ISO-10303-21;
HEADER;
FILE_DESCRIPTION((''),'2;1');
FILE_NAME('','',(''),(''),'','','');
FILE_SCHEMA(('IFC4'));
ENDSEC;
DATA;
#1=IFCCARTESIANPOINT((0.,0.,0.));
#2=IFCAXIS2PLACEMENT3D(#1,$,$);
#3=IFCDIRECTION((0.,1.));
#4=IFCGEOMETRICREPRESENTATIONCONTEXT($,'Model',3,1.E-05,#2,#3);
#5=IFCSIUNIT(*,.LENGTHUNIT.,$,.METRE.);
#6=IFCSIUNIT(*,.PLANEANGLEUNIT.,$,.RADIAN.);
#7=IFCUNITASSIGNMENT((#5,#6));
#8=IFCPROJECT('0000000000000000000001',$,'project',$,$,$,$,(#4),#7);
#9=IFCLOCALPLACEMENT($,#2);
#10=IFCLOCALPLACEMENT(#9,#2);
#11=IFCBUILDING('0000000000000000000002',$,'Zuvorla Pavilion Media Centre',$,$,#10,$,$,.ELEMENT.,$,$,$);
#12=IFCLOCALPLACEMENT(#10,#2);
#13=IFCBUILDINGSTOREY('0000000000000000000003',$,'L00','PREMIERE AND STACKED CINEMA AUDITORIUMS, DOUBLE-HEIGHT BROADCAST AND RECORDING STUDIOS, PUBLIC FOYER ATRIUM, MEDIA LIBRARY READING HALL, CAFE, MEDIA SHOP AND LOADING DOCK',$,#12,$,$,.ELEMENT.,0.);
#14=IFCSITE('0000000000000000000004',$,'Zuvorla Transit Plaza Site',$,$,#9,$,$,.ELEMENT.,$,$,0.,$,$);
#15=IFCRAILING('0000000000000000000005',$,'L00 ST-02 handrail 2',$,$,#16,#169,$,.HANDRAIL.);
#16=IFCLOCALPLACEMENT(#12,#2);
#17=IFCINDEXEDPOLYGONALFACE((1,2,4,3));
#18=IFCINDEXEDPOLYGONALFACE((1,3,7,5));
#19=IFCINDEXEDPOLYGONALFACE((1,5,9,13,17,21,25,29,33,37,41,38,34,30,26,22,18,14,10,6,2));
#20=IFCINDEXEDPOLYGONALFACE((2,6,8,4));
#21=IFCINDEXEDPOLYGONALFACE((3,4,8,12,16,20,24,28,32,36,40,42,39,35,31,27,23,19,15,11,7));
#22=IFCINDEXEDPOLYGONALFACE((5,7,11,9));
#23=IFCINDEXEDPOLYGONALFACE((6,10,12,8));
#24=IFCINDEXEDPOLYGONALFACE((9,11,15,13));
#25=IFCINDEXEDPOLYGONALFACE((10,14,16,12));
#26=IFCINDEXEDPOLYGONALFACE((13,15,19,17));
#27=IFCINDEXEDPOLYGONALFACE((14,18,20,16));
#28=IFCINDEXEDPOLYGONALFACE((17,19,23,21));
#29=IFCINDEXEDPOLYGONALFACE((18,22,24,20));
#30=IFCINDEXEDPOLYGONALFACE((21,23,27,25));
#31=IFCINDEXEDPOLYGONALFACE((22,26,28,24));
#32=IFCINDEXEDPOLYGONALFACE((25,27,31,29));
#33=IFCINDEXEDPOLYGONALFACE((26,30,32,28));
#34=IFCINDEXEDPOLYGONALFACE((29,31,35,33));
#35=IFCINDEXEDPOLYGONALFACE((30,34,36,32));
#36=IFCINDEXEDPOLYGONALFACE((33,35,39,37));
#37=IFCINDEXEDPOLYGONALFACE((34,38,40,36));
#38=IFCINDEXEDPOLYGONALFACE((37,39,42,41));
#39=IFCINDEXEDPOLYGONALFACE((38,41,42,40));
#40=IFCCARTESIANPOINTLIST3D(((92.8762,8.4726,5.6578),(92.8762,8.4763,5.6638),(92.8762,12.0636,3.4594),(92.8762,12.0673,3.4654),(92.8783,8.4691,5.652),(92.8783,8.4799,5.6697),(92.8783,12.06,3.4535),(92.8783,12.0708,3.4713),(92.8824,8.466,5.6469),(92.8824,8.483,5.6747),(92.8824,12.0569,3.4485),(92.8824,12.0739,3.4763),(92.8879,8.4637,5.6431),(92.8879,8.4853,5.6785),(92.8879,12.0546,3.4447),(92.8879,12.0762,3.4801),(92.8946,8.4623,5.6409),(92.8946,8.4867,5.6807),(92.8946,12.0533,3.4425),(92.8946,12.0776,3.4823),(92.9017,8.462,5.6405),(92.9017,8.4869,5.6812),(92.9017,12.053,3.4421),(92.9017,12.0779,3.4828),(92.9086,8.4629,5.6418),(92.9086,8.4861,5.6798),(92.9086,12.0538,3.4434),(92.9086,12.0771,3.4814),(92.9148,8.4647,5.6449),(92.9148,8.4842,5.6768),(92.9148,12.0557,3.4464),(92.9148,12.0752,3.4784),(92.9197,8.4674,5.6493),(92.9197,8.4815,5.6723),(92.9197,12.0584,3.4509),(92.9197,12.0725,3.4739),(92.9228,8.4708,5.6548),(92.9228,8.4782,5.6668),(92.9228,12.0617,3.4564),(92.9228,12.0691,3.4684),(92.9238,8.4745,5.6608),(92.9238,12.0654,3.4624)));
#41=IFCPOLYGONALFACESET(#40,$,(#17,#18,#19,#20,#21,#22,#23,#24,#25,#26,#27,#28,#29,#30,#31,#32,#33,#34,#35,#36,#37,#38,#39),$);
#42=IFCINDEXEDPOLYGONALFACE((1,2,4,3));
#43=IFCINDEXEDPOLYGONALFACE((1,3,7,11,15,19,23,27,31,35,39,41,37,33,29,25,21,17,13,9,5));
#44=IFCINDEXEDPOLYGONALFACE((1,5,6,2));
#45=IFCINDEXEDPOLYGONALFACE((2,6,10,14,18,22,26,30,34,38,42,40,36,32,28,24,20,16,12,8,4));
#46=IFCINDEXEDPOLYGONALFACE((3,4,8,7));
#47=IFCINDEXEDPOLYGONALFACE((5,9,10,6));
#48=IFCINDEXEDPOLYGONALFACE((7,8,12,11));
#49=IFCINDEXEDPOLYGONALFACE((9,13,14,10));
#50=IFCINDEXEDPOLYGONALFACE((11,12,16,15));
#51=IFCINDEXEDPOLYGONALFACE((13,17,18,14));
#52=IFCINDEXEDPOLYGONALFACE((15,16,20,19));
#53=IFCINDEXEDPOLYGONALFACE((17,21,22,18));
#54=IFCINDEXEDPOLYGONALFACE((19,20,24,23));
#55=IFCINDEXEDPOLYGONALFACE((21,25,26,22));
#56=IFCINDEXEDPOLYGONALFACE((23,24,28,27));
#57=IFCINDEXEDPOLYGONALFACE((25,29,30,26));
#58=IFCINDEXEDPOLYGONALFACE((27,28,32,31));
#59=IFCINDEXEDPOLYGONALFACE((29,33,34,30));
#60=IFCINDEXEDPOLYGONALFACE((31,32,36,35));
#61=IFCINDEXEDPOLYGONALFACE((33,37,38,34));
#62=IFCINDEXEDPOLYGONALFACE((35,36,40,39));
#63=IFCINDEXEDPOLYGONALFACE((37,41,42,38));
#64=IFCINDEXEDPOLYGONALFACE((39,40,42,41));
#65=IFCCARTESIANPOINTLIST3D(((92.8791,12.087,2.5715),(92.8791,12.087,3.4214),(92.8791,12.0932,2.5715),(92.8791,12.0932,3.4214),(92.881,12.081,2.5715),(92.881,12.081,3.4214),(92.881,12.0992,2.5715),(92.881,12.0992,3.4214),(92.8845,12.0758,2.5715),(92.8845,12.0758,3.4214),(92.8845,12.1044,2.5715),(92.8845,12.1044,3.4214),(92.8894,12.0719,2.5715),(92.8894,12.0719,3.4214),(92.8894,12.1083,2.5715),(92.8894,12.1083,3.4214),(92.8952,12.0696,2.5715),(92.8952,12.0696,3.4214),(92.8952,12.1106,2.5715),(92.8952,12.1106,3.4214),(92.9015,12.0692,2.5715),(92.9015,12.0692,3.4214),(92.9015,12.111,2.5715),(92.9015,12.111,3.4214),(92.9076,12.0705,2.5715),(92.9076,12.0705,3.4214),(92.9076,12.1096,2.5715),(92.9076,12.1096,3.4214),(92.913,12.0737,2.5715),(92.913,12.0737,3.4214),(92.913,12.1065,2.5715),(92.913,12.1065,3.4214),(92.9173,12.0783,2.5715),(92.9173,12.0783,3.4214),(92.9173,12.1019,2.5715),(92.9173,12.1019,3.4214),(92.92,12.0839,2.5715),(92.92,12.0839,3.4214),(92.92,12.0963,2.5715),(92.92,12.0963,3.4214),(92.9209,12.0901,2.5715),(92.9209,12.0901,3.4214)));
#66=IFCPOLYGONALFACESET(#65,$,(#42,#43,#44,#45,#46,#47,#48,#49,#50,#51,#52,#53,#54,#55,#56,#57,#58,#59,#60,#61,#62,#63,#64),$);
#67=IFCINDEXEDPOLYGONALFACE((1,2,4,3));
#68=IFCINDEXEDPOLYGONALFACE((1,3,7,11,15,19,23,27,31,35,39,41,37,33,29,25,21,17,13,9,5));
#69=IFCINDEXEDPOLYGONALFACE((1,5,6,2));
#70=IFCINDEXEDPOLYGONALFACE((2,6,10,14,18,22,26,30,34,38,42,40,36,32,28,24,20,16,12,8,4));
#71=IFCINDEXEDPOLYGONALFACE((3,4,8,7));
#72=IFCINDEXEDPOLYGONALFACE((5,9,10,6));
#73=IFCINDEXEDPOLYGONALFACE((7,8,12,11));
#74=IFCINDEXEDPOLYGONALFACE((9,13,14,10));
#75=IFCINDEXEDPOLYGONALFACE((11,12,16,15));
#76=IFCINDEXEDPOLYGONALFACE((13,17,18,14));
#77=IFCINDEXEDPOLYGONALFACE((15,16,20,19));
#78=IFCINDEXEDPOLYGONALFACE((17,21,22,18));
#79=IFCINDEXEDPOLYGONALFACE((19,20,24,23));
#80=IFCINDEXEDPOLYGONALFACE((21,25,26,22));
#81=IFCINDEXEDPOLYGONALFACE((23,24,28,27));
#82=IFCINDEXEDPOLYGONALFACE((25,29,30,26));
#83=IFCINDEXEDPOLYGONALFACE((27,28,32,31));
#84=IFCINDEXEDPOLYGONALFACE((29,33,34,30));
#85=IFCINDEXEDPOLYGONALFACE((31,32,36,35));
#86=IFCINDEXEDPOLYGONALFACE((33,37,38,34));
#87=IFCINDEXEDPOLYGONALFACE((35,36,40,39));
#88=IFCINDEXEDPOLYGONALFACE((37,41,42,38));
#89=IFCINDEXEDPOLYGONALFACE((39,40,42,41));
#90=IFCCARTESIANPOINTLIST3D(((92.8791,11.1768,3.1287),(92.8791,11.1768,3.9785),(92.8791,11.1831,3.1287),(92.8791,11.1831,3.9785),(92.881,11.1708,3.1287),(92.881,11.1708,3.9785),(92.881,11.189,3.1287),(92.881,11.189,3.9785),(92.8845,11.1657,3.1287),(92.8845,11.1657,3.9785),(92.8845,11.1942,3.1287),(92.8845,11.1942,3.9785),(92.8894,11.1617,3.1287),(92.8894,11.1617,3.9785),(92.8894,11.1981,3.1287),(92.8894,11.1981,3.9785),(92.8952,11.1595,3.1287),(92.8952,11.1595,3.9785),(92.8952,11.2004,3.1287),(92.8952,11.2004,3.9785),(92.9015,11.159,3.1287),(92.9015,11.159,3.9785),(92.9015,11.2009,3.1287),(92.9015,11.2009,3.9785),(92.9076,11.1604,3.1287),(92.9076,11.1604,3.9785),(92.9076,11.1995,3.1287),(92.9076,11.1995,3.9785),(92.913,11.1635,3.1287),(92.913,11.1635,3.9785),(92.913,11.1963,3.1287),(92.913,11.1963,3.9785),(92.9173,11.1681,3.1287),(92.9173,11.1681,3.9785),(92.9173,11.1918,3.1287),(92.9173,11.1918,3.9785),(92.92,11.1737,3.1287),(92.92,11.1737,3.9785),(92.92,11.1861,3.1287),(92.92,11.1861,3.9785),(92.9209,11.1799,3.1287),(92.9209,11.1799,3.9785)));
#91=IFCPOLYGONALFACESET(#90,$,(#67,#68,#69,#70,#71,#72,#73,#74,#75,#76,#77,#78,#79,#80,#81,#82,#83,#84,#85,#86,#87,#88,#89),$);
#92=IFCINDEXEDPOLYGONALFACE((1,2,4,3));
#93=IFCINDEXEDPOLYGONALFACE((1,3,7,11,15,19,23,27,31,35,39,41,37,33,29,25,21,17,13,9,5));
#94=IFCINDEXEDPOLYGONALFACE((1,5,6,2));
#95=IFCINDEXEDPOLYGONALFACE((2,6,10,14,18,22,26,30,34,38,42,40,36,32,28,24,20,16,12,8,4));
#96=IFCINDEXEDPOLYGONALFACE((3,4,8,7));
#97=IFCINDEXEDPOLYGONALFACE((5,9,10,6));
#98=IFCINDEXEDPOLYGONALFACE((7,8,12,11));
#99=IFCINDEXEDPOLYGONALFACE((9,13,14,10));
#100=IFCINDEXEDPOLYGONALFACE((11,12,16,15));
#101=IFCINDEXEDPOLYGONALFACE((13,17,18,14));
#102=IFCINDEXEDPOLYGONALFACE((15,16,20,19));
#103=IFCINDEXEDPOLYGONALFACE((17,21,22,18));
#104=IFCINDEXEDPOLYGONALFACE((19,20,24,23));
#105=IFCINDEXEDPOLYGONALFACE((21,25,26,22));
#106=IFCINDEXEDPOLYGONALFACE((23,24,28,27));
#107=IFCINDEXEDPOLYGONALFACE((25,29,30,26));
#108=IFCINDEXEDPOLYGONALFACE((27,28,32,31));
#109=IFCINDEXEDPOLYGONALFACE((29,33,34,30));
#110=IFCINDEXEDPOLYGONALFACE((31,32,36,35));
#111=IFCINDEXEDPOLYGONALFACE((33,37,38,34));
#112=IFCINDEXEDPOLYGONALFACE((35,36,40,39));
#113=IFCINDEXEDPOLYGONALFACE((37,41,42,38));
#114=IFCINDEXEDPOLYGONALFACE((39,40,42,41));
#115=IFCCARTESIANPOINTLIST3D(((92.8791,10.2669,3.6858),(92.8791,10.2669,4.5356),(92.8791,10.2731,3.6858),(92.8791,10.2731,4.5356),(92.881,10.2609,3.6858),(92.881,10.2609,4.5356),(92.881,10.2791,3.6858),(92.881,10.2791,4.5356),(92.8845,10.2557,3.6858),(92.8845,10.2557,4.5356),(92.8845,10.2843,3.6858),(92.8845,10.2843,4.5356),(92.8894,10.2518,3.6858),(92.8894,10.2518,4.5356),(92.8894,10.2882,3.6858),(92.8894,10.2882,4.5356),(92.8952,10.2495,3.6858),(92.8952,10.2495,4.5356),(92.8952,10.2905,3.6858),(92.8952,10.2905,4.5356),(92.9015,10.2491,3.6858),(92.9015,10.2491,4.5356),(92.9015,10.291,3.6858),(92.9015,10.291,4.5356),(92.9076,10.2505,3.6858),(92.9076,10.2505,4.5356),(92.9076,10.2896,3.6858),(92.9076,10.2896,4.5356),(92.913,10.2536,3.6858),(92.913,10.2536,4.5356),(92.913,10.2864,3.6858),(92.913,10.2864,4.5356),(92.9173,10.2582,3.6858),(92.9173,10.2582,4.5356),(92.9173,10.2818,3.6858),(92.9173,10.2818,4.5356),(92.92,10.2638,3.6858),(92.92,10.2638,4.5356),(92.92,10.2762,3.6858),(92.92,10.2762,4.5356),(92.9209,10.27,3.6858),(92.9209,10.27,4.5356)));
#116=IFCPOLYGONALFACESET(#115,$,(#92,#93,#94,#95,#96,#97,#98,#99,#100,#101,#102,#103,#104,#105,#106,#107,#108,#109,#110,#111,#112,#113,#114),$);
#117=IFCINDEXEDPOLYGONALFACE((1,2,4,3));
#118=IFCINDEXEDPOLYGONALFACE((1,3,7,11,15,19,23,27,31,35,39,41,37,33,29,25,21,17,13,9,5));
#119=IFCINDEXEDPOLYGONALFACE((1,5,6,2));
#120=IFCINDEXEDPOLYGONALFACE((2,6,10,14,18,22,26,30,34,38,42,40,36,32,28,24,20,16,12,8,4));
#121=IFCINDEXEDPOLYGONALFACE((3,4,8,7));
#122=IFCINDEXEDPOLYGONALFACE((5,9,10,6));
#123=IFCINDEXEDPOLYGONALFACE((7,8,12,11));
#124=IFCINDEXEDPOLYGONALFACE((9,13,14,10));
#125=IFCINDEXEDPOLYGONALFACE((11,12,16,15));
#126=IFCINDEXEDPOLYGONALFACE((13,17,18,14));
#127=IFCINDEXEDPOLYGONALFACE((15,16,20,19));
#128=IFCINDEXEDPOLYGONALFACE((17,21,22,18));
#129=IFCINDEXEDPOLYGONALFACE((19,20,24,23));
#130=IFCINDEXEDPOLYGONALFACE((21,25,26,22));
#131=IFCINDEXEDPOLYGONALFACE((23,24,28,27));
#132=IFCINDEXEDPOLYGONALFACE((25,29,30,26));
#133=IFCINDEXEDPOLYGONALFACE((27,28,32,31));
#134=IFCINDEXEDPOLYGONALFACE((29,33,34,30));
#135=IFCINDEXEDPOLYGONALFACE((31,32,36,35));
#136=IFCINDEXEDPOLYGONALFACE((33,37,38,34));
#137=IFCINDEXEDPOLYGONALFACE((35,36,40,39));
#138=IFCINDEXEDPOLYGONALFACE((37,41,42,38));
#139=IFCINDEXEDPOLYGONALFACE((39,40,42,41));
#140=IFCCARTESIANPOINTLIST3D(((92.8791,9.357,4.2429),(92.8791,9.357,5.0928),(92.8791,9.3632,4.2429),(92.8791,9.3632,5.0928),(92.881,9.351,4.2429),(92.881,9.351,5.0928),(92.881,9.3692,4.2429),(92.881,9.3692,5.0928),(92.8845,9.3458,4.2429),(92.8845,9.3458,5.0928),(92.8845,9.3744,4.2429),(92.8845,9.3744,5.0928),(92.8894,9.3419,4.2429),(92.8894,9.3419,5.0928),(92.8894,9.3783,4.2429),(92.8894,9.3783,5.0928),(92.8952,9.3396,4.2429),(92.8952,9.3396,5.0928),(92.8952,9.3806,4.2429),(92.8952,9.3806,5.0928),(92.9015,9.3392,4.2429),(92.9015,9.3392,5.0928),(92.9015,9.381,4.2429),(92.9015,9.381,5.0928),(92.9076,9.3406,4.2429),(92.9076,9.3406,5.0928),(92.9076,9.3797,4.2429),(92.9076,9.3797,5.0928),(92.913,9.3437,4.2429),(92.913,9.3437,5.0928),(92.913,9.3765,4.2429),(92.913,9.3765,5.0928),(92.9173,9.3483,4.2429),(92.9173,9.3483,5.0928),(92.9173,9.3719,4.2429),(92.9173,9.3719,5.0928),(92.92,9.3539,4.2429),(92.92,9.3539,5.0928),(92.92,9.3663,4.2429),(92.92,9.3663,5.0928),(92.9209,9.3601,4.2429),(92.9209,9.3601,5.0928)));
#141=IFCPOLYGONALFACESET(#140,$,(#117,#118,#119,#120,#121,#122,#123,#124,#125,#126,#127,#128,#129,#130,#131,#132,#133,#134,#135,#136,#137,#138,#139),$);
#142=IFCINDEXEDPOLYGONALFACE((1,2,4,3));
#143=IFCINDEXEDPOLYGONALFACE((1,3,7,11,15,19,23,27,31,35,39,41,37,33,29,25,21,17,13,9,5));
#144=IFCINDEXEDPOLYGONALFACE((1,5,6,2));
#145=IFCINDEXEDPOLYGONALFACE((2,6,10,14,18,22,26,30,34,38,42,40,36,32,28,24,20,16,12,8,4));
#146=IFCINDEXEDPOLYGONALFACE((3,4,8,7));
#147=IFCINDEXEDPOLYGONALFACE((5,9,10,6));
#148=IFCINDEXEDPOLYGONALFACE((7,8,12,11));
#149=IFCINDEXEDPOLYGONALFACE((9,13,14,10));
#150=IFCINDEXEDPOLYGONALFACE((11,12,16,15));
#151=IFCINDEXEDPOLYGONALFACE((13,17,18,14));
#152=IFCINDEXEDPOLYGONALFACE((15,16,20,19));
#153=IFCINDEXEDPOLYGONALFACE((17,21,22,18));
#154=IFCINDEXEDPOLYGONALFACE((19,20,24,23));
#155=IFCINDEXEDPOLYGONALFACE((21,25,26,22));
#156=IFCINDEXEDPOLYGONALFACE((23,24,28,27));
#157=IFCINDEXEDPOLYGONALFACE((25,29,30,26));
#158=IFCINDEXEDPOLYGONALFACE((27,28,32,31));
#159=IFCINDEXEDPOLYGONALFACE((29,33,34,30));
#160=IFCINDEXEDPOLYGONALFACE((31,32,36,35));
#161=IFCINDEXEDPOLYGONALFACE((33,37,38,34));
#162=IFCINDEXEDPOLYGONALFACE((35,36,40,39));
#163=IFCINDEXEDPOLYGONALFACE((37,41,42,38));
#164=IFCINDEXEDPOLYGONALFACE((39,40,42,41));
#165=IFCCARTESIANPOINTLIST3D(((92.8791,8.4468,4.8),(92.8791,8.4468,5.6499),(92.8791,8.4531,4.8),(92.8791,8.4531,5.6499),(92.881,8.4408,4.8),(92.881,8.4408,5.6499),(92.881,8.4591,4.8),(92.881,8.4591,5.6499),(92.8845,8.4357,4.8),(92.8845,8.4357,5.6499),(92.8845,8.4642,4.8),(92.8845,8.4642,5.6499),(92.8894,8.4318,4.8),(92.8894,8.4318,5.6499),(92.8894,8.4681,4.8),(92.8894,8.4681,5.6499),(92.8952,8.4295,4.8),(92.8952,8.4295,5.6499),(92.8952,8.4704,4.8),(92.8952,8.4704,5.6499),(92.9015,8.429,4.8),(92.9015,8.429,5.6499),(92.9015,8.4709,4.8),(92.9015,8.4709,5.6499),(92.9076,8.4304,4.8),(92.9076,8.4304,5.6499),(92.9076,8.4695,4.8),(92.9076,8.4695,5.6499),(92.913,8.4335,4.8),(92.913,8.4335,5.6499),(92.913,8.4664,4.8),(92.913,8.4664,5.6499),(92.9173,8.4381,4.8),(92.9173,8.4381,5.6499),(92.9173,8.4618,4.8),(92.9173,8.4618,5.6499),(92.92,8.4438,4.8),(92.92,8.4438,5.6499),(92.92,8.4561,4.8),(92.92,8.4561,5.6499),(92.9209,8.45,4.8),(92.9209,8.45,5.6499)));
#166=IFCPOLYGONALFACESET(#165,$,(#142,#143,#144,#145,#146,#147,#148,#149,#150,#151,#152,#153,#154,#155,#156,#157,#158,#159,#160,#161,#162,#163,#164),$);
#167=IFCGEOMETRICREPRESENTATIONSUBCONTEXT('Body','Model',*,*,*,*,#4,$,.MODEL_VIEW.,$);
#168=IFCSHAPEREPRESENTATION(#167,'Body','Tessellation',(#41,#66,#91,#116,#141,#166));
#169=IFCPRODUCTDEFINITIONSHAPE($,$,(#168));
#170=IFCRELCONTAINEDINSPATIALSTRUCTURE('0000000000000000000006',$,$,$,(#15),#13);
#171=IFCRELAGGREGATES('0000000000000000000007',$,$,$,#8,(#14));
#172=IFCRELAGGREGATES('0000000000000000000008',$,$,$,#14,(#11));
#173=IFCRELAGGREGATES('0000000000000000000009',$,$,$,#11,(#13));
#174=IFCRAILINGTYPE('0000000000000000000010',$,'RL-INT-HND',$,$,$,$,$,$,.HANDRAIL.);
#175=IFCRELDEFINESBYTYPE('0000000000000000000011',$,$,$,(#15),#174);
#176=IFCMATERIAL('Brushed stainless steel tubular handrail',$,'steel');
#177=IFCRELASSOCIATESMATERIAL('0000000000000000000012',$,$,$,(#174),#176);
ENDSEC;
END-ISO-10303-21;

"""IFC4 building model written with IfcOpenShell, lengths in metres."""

from ifc_helpers import new_model, si_unit, direction, frame, origin, origin_2d, place, context, subcontext, project, spatial, circle, extrude, material, type_object, element, save


model = new_model("IFC4")

# Units and contexts
model_context = context("Model", 3, precision=1e-05, world=origin(), true_north=direction((0.0, 1.0)))
body_context = subcontext(model_context, "Body", "Model", "MODEL_VIEW")
ifc_project = project(units=[si_unit("LENGTHUNIT", "METRE"), si_unit("PLANEANGLEUNIT", "RADIAN")], contexts=[model_context])

# Site, building, storey
site_placement = place(None, origin())
site = spatial("IfcSite", under=ifc_project, at=site_placement, Name="Zuvorla Transit Plaza Site", CompositionType="ELEMENT", RefElevation=0.0)
building_placement = place(site_placement, origin())
building = spatial("IfcBuilding", under=site, at=building_placement, Name="Zuvorla Pavilion Media Centre", CompositionType="ELEMENT")
storey_placement = place(building_placement, origin())
storey = spatial("IfcBuildingStorey", under=building, at=storey_placement, Name="L00", Description="PREMIERE AND STACKED CINEMA AUDITORIUMS, DOUBLE-HEIGHT BROADCAST AND RECORDING STUDIOS, PUBLIC FOYER ATRIUM, MEDIA LIBRARY READING HALL, CAFE, MEDIA SHOP AND LOADING DOCK", CompositionType="ELEMENT", Elevation=0.0)

# Railing
ifc_material_1 = material(Name="Brushed stainless steel tubular handrail", Category="steel")
railing_type = type_object("IfcRailingType", Name="RL-INT-HND", PredefinedType="HANDRAIL", material=ifc_material_1)
railing_placement = place(storey_placement, frame((92.8999, 12.0901, 2.5715)))
element("IfcRailing", 1, at=railing_placement, inside=storey, type_object=railing_type, Name="L00 ST-02 handrail 2", PredefinedType="HANDRAIL", context=body_context, shape_type="SweptSolid", body=[
    extrude(circle(Radius=0.0239, at=origin_2d()), frame((0.0, -0.0247, 0.8909), z_axis=(0.0, -0.852866, 0.52213), x_axis=(1.0, 0.0, 0.0)), (0.0, 0.0, 1.0), 4.2104),
    extrude(circle(Radius=0.021, at=origin_2d()), origin(), (0.0, 0.0, 1.0), 0.8499),
    extrude(circle(Radius=0.021, at=origin_2d()), frame((0.0, -0.9102, 0.5571)), (0.0, 0.0, 1.0), 0.8499),
    extrude(circle(Radius=0.021, at=origin_2d()), frame((0.0, -1.8201, 1.1143)), (0.0, 0.0, 1.0), 0.8499),
    extrude(circle(Radius=0.021, at=origin_2d()), frame((0.0, -2.73, 1.6714)), (0.0, 0.0, 1.0), 0.8499),
    extrude(circle(Radius=0.021, at=origin_2d()), frame((0.0, -3.6401, 2.2285)), (0.0, 0.0, 1.0), 0.8499),
])

save(model, "model.ifc")
